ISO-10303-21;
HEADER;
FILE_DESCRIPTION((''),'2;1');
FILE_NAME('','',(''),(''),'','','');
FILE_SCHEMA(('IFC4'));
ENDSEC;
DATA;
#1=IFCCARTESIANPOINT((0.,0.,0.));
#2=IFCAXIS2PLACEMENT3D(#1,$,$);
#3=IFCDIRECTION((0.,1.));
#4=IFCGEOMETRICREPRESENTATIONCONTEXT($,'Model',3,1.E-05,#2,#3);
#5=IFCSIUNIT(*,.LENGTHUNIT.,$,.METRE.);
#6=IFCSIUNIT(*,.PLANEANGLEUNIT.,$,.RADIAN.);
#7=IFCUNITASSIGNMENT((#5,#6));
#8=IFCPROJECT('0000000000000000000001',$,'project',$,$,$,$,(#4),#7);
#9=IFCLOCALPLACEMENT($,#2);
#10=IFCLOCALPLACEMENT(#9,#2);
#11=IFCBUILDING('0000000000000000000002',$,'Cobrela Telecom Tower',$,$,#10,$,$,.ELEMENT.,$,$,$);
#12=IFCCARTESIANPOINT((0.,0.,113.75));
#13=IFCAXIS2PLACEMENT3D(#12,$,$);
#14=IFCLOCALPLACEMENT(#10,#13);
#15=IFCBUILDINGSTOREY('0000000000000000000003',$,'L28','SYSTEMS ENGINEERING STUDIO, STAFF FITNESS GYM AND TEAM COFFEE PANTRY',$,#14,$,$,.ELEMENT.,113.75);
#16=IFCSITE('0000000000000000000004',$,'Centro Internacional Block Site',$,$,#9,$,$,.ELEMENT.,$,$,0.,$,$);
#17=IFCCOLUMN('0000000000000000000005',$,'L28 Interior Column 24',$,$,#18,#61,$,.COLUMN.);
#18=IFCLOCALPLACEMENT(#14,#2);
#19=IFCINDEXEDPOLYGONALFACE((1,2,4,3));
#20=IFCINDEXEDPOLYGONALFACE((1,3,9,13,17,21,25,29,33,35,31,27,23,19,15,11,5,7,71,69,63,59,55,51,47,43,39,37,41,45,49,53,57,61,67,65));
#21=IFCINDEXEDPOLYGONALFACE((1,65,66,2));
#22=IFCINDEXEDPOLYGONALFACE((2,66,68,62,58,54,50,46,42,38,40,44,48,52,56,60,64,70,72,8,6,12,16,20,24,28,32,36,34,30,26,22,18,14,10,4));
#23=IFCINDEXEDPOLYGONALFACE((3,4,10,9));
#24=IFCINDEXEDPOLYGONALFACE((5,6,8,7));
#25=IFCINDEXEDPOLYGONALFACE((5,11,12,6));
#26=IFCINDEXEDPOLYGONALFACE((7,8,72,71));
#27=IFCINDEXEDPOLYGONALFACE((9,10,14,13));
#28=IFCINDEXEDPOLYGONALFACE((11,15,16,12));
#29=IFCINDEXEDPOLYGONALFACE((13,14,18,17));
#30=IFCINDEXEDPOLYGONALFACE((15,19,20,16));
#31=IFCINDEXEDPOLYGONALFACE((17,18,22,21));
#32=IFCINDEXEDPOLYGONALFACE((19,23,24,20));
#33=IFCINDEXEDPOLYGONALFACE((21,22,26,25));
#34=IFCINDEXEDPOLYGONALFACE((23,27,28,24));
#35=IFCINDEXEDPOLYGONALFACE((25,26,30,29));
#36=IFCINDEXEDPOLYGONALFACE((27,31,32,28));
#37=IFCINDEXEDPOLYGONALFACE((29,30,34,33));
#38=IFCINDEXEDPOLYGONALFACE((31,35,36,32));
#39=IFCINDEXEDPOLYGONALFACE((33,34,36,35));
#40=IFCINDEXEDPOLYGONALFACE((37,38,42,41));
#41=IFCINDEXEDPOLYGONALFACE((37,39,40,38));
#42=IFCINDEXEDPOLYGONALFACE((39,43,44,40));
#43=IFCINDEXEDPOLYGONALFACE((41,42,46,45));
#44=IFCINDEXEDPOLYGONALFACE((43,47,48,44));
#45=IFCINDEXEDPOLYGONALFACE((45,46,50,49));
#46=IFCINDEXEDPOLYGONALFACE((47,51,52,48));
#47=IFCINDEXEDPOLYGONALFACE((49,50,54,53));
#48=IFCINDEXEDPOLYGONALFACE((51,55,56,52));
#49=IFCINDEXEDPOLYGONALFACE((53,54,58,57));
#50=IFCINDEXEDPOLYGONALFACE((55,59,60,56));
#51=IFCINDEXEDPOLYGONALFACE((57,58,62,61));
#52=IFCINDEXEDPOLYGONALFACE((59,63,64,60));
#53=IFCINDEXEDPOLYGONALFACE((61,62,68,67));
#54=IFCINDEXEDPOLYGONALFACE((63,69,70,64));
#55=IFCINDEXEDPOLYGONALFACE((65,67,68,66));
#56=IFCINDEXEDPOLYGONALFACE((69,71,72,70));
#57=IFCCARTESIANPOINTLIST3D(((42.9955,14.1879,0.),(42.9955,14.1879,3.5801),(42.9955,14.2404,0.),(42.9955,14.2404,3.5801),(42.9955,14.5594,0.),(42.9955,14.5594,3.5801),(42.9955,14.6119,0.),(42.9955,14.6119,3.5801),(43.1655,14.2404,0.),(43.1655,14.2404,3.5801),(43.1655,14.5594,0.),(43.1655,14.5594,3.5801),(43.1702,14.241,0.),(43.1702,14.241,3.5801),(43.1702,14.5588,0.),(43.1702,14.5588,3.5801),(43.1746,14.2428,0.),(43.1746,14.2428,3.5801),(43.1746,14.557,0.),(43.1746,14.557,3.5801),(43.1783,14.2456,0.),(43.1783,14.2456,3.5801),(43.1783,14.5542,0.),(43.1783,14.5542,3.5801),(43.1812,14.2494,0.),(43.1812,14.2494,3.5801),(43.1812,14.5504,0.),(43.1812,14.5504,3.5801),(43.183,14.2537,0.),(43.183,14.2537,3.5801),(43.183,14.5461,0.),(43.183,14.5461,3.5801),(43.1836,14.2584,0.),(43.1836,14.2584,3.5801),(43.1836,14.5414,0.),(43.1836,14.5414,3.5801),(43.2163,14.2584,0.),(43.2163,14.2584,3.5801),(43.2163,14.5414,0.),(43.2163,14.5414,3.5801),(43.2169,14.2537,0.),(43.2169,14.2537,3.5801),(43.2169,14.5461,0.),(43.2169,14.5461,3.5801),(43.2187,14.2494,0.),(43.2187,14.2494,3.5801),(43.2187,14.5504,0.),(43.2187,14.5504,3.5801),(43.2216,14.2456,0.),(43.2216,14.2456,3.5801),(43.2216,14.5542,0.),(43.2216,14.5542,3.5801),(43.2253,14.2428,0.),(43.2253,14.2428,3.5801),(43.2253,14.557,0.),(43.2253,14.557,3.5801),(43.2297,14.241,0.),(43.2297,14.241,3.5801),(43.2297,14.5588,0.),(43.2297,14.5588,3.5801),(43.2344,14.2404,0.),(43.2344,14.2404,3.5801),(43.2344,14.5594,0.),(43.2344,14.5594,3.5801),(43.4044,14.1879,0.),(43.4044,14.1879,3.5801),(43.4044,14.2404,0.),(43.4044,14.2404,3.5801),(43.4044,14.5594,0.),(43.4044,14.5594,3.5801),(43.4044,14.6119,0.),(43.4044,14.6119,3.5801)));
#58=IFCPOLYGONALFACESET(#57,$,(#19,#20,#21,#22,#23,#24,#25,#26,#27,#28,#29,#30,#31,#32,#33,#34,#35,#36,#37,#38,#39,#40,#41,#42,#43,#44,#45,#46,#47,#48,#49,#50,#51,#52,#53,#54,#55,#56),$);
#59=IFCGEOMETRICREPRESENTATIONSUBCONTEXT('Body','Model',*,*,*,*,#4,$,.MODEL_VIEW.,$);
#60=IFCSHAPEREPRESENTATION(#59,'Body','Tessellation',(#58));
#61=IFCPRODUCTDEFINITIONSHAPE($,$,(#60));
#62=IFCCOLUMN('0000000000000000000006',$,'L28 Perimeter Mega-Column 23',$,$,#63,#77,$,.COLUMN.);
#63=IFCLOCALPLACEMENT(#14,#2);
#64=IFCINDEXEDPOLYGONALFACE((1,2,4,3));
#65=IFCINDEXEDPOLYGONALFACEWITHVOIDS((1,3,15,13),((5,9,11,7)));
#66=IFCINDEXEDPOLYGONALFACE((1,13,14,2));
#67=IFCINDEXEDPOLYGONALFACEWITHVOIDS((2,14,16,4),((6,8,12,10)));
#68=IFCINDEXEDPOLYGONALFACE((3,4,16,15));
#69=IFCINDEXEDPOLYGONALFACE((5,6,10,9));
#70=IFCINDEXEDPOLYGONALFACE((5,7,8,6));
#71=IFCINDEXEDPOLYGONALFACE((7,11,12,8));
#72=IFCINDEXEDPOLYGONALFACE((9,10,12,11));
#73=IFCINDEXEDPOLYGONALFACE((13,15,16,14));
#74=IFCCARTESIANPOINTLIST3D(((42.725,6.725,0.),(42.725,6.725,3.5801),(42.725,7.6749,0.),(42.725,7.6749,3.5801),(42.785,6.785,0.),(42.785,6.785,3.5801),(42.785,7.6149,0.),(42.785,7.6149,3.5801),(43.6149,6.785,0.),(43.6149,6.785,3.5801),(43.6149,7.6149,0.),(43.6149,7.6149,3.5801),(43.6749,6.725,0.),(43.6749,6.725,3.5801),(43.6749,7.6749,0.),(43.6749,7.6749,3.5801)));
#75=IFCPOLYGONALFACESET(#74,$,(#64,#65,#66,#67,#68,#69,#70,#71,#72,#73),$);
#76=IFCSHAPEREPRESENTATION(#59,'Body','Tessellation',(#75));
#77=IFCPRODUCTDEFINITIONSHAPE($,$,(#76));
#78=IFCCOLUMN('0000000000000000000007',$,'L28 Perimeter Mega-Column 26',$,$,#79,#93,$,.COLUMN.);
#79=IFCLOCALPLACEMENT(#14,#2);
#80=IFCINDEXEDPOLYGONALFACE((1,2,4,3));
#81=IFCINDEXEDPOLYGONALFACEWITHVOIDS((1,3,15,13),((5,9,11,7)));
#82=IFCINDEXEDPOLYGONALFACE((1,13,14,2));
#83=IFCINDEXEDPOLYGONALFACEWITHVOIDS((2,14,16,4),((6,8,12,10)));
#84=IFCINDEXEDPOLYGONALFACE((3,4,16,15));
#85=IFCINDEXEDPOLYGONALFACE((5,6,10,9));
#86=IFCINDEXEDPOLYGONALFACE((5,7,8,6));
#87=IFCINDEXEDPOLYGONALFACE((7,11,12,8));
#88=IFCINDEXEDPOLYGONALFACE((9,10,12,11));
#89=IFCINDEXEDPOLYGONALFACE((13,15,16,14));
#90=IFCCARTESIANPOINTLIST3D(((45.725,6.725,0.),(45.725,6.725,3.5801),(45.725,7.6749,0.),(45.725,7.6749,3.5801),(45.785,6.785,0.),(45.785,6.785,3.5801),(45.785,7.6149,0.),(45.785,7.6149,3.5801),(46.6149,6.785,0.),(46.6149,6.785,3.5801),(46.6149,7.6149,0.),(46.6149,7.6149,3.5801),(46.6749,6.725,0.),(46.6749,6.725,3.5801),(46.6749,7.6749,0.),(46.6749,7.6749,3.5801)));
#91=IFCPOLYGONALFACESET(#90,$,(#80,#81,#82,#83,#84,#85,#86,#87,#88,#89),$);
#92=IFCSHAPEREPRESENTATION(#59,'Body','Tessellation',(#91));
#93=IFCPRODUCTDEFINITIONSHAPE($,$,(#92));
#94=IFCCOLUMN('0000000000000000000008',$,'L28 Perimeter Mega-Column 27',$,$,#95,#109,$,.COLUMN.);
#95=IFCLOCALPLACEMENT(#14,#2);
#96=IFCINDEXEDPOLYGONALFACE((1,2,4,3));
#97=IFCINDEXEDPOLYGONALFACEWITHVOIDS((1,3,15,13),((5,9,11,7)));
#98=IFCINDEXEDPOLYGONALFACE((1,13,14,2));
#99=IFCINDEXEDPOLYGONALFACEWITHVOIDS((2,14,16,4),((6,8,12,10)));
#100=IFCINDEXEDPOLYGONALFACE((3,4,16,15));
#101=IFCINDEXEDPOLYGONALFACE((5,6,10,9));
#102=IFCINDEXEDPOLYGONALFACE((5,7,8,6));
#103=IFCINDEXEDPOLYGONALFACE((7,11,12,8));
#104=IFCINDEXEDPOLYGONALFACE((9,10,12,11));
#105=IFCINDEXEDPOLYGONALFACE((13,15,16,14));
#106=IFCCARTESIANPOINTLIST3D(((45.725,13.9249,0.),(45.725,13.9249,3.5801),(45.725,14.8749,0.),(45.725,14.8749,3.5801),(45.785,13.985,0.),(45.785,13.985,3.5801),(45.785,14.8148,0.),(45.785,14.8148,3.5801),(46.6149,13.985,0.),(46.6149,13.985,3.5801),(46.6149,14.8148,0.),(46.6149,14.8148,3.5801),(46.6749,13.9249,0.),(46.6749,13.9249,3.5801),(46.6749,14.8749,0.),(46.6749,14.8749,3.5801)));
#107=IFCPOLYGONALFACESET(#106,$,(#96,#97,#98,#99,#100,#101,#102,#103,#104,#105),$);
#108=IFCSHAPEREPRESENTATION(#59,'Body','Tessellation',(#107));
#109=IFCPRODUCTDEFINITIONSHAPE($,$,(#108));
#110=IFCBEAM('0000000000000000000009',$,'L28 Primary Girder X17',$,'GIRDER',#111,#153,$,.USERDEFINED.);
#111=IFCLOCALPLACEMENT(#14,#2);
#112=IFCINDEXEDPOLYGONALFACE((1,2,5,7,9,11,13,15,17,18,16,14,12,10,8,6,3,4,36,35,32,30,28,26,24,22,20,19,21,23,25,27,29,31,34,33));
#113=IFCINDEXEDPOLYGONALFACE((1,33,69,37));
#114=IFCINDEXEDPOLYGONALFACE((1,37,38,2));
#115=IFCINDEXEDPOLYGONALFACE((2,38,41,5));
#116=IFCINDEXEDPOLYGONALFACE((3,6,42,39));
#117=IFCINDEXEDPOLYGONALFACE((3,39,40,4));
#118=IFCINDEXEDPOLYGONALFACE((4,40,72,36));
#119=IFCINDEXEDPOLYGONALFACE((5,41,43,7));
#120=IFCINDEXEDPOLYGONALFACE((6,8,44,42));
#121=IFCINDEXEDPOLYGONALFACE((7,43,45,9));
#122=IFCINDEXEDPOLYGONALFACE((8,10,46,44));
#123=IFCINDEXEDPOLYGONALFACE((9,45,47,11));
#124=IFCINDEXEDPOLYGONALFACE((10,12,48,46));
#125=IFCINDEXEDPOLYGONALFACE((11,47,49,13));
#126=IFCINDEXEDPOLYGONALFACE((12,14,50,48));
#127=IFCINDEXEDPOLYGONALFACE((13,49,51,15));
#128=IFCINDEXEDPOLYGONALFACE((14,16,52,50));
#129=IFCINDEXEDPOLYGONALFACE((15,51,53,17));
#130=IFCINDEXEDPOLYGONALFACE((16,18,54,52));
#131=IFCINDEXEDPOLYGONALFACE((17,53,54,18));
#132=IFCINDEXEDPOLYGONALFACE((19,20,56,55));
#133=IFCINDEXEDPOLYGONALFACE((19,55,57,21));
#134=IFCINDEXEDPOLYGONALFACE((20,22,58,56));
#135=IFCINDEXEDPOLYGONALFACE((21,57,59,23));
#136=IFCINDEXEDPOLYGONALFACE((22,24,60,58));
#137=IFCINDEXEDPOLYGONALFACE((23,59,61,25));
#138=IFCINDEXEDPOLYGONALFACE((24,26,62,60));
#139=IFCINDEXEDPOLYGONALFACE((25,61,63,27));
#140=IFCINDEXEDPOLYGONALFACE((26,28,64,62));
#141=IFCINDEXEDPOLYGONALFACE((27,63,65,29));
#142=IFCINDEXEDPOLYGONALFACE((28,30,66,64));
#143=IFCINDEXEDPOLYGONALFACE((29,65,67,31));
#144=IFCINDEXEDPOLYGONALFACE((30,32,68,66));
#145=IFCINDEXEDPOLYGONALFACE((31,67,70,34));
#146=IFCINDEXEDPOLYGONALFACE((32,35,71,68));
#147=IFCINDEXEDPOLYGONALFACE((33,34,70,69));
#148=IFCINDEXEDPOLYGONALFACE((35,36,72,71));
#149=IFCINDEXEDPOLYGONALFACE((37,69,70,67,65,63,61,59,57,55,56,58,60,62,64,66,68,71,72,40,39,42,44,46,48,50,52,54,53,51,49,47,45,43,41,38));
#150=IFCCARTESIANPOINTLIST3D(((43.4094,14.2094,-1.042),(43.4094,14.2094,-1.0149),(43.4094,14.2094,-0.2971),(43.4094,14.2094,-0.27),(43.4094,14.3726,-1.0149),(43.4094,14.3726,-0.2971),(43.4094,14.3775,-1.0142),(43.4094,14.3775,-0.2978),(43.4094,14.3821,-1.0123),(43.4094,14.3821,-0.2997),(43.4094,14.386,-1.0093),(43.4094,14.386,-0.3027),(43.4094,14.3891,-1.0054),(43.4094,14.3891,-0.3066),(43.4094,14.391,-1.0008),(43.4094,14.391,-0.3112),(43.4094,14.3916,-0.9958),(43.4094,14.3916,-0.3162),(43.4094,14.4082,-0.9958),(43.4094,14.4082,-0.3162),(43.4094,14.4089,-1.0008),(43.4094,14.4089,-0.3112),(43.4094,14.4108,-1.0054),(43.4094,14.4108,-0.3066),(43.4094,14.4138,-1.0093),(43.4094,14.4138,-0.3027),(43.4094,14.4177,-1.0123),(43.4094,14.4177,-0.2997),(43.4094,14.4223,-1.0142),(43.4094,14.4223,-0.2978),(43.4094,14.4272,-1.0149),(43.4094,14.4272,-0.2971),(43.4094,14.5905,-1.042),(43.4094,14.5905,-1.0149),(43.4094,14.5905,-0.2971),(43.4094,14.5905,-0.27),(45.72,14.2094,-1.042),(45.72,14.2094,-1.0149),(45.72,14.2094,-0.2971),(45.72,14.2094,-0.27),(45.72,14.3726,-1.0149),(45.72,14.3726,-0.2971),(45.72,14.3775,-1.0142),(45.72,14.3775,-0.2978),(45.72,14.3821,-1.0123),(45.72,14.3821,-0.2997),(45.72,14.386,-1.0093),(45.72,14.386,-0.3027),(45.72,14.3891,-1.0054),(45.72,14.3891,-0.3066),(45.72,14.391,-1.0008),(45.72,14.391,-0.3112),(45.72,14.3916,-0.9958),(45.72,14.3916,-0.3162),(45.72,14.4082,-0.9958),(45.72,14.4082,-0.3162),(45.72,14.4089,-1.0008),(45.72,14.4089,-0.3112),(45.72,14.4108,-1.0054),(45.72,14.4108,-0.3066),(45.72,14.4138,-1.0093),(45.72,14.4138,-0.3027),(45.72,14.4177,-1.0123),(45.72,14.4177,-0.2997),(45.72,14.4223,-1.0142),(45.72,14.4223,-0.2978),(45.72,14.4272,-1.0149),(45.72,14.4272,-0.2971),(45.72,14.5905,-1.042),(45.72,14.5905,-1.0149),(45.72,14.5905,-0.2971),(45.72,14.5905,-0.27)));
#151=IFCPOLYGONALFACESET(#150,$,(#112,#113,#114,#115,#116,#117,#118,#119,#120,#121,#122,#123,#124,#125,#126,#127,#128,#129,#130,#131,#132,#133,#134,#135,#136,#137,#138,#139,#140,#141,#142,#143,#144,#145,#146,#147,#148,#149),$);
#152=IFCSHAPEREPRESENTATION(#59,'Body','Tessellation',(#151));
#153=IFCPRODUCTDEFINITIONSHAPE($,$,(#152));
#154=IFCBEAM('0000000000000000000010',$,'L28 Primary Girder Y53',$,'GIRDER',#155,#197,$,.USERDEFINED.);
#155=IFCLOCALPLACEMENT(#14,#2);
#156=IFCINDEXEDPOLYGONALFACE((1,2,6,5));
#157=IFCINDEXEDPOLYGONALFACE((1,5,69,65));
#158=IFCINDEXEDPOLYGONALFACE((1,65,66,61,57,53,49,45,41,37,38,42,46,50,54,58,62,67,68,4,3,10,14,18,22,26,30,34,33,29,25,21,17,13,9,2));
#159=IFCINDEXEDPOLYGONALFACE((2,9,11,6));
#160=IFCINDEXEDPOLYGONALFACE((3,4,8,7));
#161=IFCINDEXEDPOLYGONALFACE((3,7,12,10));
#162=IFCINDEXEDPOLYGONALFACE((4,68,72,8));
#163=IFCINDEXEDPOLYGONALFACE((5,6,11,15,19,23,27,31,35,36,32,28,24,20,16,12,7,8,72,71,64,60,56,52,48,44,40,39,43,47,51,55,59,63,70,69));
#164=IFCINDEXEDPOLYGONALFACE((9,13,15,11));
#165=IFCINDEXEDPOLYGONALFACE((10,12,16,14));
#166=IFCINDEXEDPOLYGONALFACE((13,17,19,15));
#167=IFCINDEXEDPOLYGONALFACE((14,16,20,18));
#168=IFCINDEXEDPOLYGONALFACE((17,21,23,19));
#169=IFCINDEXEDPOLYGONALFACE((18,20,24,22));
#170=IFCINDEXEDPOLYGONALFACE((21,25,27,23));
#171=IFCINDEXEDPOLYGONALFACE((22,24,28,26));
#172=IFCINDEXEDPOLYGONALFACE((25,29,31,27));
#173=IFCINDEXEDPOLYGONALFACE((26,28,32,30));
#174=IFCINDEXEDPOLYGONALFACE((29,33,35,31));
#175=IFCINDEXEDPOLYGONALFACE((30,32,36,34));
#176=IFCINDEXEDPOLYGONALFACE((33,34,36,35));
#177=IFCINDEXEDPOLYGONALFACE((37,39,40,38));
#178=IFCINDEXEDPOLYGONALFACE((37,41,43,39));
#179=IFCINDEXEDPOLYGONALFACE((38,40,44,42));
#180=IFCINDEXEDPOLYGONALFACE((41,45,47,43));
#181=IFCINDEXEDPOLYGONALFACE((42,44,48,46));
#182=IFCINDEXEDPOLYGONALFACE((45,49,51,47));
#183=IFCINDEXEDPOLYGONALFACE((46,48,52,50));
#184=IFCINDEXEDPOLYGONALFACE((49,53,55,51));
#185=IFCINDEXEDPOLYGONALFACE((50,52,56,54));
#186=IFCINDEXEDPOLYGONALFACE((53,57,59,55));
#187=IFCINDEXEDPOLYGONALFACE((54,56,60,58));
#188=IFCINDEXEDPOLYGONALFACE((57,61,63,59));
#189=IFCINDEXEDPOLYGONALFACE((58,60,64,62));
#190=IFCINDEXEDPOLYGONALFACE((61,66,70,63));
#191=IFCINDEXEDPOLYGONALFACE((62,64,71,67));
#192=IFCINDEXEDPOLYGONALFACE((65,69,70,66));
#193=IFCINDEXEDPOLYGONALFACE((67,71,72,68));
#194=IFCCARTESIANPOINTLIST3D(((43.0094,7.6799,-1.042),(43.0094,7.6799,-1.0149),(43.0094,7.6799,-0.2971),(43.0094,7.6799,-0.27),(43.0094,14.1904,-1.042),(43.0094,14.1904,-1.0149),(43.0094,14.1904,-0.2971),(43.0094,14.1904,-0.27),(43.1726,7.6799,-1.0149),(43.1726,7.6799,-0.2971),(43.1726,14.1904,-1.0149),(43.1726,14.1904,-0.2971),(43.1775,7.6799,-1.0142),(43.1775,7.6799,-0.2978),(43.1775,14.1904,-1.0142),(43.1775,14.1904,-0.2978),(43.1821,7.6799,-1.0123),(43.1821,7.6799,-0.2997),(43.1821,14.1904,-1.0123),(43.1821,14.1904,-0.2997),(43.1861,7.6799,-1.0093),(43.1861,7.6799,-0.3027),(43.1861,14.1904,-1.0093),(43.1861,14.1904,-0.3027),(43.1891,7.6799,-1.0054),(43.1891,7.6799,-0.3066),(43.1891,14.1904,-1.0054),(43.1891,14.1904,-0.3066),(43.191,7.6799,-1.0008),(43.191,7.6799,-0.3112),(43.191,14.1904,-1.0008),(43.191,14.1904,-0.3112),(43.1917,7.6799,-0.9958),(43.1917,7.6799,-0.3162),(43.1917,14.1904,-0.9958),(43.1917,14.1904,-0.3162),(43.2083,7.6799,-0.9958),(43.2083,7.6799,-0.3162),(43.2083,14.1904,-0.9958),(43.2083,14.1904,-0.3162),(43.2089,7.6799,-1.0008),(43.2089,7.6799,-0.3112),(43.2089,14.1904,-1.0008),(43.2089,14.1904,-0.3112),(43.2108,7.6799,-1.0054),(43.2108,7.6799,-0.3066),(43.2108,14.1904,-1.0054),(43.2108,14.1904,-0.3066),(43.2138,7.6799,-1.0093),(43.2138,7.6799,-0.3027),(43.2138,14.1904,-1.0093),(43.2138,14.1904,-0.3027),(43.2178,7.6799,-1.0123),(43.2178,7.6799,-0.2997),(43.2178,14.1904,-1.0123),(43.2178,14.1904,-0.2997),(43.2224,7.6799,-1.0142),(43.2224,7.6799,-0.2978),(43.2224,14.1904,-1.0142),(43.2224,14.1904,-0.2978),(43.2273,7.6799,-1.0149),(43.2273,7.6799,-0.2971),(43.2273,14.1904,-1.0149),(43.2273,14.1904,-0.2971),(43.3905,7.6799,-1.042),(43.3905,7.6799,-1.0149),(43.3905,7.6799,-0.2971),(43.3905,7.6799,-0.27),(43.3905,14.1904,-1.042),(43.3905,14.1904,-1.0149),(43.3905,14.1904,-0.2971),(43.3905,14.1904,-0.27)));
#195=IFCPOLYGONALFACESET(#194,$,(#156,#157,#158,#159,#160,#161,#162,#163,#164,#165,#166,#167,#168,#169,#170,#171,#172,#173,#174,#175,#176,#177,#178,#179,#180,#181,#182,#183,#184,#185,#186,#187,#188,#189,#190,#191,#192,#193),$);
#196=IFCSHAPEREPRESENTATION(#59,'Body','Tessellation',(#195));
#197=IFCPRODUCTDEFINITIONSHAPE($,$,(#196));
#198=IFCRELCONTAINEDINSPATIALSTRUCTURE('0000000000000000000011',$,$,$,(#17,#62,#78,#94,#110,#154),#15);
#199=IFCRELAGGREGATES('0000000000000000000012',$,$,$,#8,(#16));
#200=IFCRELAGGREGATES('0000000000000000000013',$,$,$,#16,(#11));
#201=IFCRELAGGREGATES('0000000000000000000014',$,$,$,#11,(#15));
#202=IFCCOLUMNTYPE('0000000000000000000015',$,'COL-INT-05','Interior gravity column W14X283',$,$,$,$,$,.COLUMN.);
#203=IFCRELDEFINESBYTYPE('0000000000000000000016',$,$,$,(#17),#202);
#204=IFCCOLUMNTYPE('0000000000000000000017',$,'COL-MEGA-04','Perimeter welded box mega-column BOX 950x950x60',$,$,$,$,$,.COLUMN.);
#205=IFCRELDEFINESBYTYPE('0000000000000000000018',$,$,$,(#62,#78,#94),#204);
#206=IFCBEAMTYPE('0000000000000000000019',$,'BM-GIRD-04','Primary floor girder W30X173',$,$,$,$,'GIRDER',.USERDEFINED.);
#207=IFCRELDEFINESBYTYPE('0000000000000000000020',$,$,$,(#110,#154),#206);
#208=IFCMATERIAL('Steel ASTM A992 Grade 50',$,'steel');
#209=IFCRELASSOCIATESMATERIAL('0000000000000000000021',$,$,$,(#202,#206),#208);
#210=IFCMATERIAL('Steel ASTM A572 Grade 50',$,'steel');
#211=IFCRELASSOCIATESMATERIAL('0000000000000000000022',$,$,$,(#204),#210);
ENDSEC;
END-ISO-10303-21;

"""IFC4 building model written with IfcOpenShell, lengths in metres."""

from ifc_helpers import new_model, si_unit, direction, frame, origin, origin_2d, place, context, subcontext, project, spatial, hollow_rectangle, i_section, extrude, material, material_profile, profile_set, type_object, element, save


model = new_model("IFC4")

# Units and contexts
model_context = context("Model", 3, precision=1e-05, world=origin(), true_north=direction((0.0, 1.0)))
body_context = subcontext(model_context, "Body", "Model", "MODEL_VIEW")
ifc_project = project(units=[si_unit("LENGTHUNIT", "METRE"), si_unit("PLANEANGLEUNIT", "RADIAN")], contexts=[model_context])

# Site, building, storey
site_placement = place(None, origin())
site = spatial("IfcSite", under=ifc_project, at=site_placement, Name="Centro Internacional Block Site", CompositionType="ELEMENT", RefElevation=0.0)
building_placement = place(site_placement, origin())
building = spatial("IfcBuilding", under=site, at=building_placement, Name="Cobrela Telecom Tower", CompositionType="ELEMENT")
storey_placement = place(building_placement, frame((0.0, 0.0, 113.75)))
storey = spatial("IfcBuildingStorey", under=building, at=storey_placement, Name="L28", Description="SYSTEMS ENGINEERING STUDIO, STAFF FITNESS GYM AND TEAM COFFEE PANTRY", CompositionType="ELEMENT", Elevation=113.75)

# Columns
ifc_material_1 = material(Name="Steel ASTM A992 Grade 50", Category="steel")
ifc_material_profile_1 = material_profile(ifc_material_1, i_section(OverallWidth=0.4089, OverallDepth=0.4241, WebThickness=0.0327, FlangeThickness=0.0525, FilletRadius=0.0181, at=origin_2d()), Name="W14X283")
ifc_profile_set_1 = profile_set([ifc_material_profile_1], Name="Steel ASTM A992 Grade 50")
column_type_1 = type_object("IfcColumnType", Name="COL-INT-05", Description="Interior gravity column W14X283", PredefinedType="COLUMN", material=ifc_profile_set_1)
column_placement = place(storey_placement, frame((43.2, 14.3999, 0.0), z_axis=(0.0, 0.0, 1.0), x_axis=(1.0, 0.0, 0.0)))
element("IfcColumn", 1, at=column_placement, inside=storey, type_object=column_type_1, Name="L28 Interior Column 24", PredefinedType="COLUMN", context=body_context, shape_type="SweptSolid", body=[
    extrude(i_section(OverallWidth=0.4089, OverallDepth=0.4241, WebThickness=0.0327, FlangeThickness=0.0525, FilletRadius=0.0181, at=origin_2d()), origin(), (0.0, 0.0, 1.0), 3.5801),
])
ifc_material_2 = material(Name="Steel ASTM A572 Grade 50", Category="steel")
ifc_material_profile_2 = material_profile(ifc_material_2, hollow_rectangle(XDim=0.95, YDim=0.95, WallThickness=0.0601, at=origin_2d()), Name="BOX 950x950x60")
ifc_profile_set_2 = profile_set([ifc_material_profile_2], Name="Steel ASTM A572 Grade 50")
column_type_2 = type_object("IfcColumnType", Name="COL-MEGA-04", Description="Perimeter welded box mega-column BOX 950x950x60", PredefinedType="COLUMN", material=ifc_profile_set_2)
for number, where, z_axis, x_axis, name in (
    (2, (43.2, 7.2, 0.0), (0.0, 0.0, 1.0), (1.0, 0.0, 0.0), "L28 Perimeter Mega-Column 23"),
    (3, (46.2, 7.2, 0.0), (0.0, 0.0, 1.0), (1.0, 0.0, 0.0), "L28 Perimeter Mega-Column 26"),
    (4, (46.2, 14.3999, 0.0), (0.0, 0.0, 1.0), (1.0, 0.0, 0.0), "L28 Perimeter Mega-Column 27"),
):
    element("IfcColumn", number, at=place(storey_placement, frame(where, z_axis=z_axis, x_axis=x_axis)), inside=storey, type_object=column_type_2, Name=name, PredefinedType="COLUMN", context=body_context, shape_type="SweptSolid", body=[
        extrude(hollow_rectangle(XDim=0.95, YDim=0.95, WallThickness=0.0601, at=origin_2d()), origin(), (0.0, 0.0, 1.0), 3.5801),
    ])

# Beams
ifc_material_profile_3 = material_profile(ifc_material_1, i_section(OverallWidth=0.3811, OverallDepth=0.772, WebThickness=0.0166, FlangeThickness=0.0271, FilletRadius=0.019, at=origin_2d()), Name="W30X173")
ifc_profile_set_3 = profile_set([ifc_material_profile_3], Name="Steel ASTM A992 Grade 50")
beam_type_1 = type_object("IfcBeamType", Name="BM-GIRD-04", Description="Primary floor girder W30X173", ElementType="GIRDER", PredefinedType="USERDEFINED", material=ifc_profile_set_3)
beam_1_placement = place(storey_placement, frame((43.4094, 14.3999, -0.656), z_axis=(1.0, 0.0, 0.0), x_axis=(0.0, 1.0, 0.0)))
element("IfcBeam", 5, at=beam_1_placement, inside=storey, type_object=beam_type_1, Name="L28 Primary Girder X17", ObjectType="GIRDER", PredefinedType="USERDEFINED", context=body_context, shape_type="SweptSolid", body=[
    extrude(i_section(OverallWidth=0.3811, OverallDepth=0.772, WebThickness=0.0166, FlangeThickness=0.0271, FilletRadius=0.019, at=origin_2d()), origin(), (0.0, 0.0, 1.0), 2.3105),
])
beam_2_placement = place(storey_placement, frame((43.2, 7.6799, -0.656), z_axis=(0.0, 1.0, 0.0), x_axis=(-1.0, 0.0, 0.0)))
element("IfcBeam", 6, at=beam_2_placement, inside=storey, type_object=beam_type_1, Name="L28 Primary Girder Y53", ObjectType="GIRDER", PredefinedType="USERDEFINED", context=body_context, shape_type="SweptSolid", body=[
    extrude(i_section(OverallWidth=0.3811, OverallDepth=0.772, WebThickness=0.0166, FlangeThickness=0.0271, FilletRadius=0.019, at=origin_2d()), origin(), (0.0, 0.0, 1.0), 6.5105),
])

save(model, "model.ifc")
